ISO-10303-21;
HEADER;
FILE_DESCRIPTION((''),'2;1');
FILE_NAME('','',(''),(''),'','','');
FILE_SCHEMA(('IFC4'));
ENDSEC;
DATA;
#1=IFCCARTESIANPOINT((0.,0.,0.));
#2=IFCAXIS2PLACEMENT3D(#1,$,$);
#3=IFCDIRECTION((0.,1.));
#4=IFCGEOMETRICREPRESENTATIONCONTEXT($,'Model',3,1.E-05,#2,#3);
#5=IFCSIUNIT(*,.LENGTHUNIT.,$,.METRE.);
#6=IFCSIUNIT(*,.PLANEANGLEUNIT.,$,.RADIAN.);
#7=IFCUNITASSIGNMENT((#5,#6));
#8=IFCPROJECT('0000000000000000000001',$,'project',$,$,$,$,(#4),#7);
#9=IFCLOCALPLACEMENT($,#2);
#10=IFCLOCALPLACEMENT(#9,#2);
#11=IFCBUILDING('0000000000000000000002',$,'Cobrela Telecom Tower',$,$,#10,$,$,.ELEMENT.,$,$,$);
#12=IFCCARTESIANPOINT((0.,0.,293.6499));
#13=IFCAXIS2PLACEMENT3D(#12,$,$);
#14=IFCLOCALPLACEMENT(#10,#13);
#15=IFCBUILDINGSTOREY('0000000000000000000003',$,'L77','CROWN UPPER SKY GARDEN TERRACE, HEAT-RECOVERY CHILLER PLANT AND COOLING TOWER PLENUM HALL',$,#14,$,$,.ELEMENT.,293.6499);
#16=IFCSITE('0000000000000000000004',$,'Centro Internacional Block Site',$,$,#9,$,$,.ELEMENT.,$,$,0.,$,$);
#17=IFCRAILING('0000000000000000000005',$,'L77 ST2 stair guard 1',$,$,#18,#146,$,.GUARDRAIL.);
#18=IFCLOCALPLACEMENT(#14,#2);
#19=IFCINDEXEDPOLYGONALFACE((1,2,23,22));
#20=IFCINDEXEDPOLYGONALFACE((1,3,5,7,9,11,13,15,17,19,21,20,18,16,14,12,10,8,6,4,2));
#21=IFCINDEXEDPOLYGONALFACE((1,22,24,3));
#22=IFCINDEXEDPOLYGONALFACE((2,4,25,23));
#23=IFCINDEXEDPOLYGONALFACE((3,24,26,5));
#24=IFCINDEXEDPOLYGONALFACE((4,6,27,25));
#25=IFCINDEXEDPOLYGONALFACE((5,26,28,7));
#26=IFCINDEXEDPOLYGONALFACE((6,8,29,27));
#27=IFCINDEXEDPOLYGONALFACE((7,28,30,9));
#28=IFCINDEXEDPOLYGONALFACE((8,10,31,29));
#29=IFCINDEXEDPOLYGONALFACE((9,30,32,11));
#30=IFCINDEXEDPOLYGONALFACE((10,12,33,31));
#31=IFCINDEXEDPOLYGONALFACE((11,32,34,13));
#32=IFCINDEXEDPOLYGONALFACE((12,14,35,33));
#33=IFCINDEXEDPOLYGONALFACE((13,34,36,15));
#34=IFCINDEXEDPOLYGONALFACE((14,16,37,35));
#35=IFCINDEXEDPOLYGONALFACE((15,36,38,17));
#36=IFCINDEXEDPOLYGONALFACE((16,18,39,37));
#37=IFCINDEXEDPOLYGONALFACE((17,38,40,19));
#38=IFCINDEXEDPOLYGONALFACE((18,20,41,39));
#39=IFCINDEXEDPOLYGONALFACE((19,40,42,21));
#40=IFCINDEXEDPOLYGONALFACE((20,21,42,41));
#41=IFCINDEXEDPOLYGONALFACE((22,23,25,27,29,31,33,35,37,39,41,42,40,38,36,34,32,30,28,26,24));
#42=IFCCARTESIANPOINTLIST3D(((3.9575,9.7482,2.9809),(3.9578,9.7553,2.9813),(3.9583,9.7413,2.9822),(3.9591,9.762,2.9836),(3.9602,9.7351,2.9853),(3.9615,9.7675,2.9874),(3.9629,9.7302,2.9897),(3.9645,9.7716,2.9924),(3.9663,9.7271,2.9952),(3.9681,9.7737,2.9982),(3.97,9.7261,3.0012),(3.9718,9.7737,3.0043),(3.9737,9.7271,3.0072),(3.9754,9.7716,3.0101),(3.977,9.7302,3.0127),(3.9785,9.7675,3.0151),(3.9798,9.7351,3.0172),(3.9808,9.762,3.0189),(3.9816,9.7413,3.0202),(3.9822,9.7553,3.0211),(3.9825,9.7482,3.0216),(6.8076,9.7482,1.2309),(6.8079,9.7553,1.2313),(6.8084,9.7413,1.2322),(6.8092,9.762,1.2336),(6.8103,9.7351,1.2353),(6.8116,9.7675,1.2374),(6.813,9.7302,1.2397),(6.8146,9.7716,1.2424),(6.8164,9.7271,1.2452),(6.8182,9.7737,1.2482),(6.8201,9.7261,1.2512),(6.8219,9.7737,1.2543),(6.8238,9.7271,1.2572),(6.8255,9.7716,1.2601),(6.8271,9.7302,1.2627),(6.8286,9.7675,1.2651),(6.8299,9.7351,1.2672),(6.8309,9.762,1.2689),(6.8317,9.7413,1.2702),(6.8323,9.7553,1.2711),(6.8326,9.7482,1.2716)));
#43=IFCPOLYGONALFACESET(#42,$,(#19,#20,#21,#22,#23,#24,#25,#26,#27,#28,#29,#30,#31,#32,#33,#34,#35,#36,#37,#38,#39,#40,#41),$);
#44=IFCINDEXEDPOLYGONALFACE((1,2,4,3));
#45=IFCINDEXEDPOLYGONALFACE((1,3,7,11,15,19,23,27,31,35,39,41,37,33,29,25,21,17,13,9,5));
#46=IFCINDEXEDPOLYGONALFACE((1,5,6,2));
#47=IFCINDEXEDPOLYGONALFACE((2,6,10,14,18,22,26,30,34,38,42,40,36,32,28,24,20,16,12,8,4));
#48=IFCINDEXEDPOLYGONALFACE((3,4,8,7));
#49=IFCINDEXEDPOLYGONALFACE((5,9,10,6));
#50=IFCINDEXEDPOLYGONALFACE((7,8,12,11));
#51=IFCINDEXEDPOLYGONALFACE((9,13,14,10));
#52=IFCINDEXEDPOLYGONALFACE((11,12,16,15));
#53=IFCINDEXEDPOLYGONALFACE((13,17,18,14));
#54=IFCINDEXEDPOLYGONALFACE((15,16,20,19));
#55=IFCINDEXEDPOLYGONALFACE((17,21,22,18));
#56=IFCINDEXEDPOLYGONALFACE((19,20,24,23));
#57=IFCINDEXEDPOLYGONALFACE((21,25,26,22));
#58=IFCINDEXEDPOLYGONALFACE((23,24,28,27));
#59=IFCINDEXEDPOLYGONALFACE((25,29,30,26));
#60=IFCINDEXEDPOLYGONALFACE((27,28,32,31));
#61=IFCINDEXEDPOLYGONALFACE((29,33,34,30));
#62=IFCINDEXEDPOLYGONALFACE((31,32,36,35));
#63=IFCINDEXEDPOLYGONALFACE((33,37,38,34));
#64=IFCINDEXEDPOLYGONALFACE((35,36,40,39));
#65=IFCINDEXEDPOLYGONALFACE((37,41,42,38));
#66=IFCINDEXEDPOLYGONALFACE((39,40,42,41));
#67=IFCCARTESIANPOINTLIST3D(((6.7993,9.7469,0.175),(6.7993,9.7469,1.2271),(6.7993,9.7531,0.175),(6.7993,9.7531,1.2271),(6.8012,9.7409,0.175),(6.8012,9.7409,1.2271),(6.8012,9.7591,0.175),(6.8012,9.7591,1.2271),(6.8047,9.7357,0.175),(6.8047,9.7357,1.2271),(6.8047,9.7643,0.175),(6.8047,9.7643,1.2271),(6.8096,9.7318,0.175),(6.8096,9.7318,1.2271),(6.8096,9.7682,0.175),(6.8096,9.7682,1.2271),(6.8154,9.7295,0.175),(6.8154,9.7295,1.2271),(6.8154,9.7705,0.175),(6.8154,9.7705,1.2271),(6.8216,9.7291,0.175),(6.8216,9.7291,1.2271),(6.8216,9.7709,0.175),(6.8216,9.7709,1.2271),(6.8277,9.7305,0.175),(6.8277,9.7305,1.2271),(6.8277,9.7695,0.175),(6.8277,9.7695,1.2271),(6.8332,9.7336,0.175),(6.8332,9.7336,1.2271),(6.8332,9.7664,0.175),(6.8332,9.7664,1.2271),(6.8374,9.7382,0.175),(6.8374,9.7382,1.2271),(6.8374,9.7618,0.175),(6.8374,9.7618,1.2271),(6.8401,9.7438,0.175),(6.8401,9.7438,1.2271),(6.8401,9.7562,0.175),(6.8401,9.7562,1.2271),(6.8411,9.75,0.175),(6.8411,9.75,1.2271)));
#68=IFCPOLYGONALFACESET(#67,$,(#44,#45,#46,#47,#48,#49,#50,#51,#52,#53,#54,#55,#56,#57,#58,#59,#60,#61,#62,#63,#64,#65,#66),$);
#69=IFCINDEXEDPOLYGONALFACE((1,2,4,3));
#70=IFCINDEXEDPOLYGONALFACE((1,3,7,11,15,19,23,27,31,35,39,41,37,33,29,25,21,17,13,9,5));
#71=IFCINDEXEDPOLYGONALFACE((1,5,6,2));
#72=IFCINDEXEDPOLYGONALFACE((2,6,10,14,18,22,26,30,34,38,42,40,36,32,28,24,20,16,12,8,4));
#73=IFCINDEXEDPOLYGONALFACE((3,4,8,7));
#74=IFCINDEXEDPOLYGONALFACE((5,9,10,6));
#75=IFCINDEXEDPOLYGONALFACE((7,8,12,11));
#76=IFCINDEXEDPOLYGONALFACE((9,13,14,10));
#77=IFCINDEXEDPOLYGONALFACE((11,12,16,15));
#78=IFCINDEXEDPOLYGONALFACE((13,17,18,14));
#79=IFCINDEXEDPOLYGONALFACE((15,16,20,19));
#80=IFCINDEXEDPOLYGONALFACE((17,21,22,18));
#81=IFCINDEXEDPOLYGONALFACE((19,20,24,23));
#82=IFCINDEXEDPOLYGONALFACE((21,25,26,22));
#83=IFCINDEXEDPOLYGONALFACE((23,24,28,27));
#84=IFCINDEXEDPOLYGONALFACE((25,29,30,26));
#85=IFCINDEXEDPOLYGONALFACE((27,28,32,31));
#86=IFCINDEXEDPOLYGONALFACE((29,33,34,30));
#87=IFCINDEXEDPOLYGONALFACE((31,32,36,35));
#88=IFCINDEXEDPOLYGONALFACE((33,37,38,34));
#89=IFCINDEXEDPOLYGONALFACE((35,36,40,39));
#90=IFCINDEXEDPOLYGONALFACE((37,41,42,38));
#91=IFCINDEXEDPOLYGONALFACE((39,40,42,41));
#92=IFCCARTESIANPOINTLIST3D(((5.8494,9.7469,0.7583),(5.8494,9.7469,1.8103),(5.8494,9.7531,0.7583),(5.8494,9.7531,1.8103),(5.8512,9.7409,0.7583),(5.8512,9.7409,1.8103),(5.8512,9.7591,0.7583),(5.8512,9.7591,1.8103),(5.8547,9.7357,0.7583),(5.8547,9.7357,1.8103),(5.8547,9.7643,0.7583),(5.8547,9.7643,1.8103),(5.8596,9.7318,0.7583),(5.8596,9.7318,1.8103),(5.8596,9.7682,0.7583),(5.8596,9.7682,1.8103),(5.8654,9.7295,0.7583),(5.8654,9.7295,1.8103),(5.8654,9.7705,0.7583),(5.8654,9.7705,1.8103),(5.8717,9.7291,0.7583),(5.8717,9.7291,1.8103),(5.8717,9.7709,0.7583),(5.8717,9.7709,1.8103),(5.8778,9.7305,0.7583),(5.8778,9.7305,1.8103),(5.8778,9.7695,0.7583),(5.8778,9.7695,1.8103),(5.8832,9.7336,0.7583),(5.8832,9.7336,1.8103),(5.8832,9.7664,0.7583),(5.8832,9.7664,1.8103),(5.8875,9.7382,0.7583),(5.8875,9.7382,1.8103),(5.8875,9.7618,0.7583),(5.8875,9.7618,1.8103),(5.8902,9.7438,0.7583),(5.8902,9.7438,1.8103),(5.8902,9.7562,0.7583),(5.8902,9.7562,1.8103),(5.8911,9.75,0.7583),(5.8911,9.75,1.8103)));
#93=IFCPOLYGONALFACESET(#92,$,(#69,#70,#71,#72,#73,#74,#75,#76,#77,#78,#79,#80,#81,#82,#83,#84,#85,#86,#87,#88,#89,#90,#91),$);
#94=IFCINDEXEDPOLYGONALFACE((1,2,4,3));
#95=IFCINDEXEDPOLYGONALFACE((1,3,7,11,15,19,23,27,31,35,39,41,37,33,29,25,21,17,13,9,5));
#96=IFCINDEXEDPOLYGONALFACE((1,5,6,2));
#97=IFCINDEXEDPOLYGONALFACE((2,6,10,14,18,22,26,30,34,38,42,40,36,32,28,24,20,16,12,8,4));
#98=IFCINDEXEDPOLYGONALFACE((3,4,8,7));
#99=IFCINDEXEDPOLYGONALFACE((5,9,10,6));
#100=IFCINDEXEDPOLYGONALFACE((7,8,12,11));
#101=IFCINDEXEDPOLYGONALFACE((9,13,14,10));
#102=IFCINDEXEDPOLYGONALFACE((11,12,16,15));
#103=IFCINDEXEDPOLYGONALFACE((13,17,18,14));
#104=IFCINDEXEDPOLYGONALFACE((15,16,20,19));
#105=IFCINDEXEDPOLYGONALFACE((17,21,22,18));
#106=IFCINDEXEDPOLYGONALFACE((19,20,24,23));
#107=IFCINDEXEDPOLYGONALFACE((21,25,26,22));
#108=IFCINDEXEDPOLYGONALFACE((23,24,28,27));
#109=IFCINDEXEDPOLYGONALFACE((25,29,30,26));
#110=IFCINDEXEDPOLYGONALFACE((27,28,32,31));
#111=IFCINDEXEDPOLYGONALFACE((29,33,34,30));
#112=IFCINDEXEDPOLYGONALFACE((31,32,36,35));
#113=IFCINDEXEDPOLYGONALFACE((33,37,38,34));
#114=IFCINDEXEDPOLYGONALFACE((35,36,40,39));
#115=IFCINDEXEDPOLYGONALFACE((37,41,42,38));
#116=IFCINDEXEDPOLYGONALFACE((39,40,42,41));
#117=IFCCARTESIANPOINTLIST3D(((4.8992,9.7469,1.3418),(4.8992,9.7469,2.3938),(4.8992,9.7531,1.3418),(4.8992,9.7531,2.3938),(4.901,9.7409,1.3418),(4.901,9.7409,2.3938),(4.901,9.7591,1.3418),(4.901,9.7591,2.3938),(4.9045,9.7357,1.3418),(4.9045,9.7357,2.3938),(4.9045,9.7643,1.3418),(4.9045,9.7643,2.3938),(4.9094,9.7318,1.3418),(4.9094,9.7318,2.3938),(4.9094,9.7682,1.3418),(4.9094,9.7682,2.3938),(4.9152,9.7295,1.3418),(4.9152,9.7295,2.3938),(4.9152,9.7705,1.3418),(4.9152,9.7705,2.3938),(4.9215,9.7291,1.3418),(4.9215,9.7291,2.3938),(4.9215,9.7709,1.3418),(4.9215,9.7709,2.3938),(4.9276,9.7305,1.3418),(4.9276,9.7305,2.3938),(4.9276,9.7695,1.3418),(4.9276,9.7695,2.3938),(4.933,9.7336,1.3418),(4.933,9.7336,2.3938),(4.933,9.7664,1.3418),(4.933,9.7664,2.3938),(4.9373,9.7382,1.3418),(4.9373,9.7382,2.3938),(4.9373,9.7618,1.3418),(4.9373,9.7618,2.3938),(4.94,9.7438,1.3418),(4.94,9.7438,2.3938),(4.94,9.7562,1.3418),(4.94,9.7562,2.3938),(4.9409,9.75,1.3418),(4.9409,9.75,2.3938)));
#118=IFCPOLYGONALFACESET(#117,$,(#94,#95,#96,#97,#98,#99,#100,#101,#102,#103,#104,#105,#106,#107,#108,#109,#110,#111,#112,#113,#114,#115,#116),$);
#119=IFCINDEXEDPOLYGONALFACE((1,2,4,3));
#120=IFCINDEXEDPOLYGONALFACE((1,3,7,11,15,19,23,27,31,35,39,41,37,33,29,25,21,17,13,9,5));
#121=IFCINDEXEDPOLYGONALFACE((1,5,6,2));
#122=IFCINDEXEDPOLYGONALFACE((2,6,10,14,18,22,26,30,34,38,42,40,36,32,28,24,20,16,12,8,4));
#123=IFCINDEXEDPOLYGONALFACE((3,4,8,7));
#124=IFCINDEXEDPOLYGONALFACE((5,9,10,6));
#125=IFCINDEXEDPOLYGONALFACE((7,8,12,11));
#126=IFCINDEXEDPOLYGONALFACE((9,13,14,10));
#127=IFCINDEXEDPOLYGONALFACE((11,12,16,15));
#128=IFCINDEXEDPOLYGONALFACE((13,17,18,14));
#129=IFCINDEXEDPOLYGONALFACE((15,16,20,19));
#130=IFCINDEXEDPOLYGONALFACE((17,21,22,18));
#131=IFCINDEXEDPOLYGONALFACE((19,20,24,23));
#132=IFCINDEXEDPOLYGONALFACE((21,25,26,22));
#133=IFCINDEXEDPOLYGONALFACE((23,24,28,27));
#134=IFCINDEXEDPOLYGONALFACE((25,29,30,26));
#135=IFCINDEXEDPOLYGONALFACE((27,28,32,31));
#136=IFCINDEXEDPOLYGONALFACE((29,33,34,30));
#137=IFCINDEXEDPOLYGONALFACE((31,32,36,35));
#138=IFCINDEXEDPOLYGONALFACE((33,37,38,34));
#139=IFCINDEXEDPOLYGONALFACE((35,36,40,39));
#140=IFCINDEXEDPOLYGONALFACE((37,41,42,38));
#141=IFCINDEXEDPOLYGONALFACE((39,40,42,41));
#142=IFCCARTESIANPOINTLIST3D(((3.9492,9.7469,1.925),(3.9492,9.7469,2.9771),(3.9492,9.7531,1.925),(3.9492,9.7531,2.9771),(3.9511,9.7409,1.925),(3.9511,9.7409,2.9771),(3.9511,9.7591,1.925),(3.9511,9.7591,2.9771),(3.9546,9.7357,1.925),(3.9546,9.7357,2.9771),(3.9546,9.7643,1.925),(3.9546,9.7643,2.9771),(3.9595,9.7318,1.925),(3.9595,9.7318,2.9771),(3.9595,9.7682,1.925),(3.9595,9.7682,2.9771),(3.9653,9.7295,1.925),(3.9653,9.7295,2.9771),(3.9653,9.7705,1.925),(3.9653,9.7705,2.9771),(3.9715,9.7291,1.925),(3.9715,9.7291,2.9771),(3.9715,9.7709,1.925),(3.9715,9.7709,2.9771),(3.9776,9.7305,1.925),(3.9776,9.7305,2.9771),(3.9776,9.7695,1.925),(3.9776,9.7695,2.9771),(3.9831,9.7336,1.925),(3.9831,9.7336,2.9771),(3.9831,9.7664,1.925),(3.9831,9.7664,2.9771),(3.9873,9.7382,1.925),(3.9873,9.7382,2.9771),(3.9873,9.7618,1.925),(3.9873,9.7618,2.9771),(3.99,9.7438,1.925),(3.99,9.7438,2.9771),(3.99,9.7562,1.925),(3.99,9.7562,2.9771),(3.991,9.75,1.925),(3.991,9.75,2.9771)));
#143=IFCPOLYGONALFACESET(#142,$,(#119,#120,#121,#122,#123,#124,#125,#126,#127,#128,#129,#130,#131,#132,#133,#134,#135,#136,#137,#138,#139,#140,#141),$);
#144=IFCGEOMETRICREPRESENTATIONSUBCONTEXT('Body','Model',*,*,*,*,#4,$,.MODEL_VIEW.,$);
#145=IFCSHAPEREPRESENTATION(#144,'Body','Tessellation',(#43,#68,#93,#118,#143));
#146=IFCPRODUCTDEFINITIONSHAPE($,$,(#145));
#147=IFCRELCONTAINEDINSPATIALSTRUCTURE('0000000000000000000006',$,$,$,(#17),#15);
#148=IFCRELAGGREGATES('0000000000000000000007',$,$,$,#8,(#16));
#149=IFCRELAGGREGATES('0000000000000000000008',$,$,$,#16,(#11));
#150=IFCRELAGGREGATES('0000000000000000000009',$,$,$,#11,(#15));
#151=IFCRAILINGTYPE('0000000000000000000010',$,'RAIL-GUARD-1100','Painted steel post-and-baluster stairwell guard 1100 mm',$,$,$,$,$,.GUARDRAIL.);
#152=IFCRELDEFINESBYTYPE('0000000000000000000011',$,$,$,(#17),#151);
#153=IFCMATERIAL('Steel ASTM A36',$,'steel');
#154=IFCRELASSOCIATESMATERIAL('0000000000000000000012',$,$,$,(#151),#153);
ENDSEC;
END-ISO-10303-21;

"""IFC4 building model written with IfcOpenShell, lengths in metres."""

from ifc_helpers import new_model, si_unit, direction, frame, origin, origin_2d, place, context, subcontext, project, spatial, circle, extrude, material, type_object, element, save


model = new_model("IFC4")

# Units and contexts
model_context = context("Model", 3, precision=1e-05, world=origin(), true_north=direction((0.0, 1.0)))
body_context = subcontext(model_context, "Body", "Model", "MODEL_VIEW")
ifc_project = project(units=[si_unit("LENGTHUNIT", "METRE"), si_unit("PLANEANGLEUNIT", "RADIAN")], contexts=[model_context])

# Site, building, storey
site_placement = place(None, origin())
site = spatial("IfcSite", under=ifc_project, at=site_placement, Name="Centro Internacional Block Site", CompositionType="ELEMENT", RefElevation=0.0)
building_placement = place(site_placement, origin())
building = spatial("IfcBuilding", under=site, at=building_placement, Name="Cobrela Telecom Tower", CompositionType="ELEMENT")
storey_placement = place(building_placement, frame((0.0, 0.0, 293.6499)))
storey = spatial("IfcBuildingStorey", under=building, at=storey_placement, Name="L77", Description="CROWN UPPER SKY GARDEN TERRACE, HEAT-RECOVERY CHILLER PLANT AND COOLING TOWER PLENUM HALL", CompositionType="ELEMENT", Elevation=293.6499)

# Railing
ifc_material_1 = material(Name="Steel ASTM A36", Category="steel")
railing_type_1 = type_object("IfcRailingType", Name="RAIL-GUARD-1100", Description="Painted steel post-and-baluster stairwell guard 1100 mm", PredefinedType="GUARDRAIL", material=ifc_material_1)
railing_1_placement = place(storey_placement, frame((6.8201, 9.75, 0.175)))
element("IfcRailing", 1, at=railing_1_placement, inside=storey, type_object=railing_type_1, Name="L77 ST2 stair guard 1", PredefinedType="GUARDRAIL", context=body_context, shape_type="SweptSolid", body=[
    extrude(circle(Radius=0.0239, at=origin_2d()), frame((0.0, 0.0, 1.0762), z_axis=(-0.852179, 0.0, 0.52325), x_axis=(0.0, -1.0, 0.0)), (0.0, 0.0, 1.0), 3.3445),
    extrude(circle(Radius=0.021, at=origin_2d()), origin(), (0.0, 0.0, 1.0), 1.052),
    extrude(circle(Radius=0.021, at=origin_2d()), frame((-0.95, 0.0, 0.5833)), (0.0, 0.0, 1.0), 1.052),
    extrude(circle(Radius=0.021, at=origin_2d()), frame((-1.9001, 0.0, 1.1667)), (0.0, 0.0, 1.0), 1.052),
    extrude(circle(Radius=0.021, at=origin_2d()), frame((-2.8501, 0.0, 1.75)), (0.0, 0.0, 1.0), 1.052),
])

save(model, "model.ifc")
